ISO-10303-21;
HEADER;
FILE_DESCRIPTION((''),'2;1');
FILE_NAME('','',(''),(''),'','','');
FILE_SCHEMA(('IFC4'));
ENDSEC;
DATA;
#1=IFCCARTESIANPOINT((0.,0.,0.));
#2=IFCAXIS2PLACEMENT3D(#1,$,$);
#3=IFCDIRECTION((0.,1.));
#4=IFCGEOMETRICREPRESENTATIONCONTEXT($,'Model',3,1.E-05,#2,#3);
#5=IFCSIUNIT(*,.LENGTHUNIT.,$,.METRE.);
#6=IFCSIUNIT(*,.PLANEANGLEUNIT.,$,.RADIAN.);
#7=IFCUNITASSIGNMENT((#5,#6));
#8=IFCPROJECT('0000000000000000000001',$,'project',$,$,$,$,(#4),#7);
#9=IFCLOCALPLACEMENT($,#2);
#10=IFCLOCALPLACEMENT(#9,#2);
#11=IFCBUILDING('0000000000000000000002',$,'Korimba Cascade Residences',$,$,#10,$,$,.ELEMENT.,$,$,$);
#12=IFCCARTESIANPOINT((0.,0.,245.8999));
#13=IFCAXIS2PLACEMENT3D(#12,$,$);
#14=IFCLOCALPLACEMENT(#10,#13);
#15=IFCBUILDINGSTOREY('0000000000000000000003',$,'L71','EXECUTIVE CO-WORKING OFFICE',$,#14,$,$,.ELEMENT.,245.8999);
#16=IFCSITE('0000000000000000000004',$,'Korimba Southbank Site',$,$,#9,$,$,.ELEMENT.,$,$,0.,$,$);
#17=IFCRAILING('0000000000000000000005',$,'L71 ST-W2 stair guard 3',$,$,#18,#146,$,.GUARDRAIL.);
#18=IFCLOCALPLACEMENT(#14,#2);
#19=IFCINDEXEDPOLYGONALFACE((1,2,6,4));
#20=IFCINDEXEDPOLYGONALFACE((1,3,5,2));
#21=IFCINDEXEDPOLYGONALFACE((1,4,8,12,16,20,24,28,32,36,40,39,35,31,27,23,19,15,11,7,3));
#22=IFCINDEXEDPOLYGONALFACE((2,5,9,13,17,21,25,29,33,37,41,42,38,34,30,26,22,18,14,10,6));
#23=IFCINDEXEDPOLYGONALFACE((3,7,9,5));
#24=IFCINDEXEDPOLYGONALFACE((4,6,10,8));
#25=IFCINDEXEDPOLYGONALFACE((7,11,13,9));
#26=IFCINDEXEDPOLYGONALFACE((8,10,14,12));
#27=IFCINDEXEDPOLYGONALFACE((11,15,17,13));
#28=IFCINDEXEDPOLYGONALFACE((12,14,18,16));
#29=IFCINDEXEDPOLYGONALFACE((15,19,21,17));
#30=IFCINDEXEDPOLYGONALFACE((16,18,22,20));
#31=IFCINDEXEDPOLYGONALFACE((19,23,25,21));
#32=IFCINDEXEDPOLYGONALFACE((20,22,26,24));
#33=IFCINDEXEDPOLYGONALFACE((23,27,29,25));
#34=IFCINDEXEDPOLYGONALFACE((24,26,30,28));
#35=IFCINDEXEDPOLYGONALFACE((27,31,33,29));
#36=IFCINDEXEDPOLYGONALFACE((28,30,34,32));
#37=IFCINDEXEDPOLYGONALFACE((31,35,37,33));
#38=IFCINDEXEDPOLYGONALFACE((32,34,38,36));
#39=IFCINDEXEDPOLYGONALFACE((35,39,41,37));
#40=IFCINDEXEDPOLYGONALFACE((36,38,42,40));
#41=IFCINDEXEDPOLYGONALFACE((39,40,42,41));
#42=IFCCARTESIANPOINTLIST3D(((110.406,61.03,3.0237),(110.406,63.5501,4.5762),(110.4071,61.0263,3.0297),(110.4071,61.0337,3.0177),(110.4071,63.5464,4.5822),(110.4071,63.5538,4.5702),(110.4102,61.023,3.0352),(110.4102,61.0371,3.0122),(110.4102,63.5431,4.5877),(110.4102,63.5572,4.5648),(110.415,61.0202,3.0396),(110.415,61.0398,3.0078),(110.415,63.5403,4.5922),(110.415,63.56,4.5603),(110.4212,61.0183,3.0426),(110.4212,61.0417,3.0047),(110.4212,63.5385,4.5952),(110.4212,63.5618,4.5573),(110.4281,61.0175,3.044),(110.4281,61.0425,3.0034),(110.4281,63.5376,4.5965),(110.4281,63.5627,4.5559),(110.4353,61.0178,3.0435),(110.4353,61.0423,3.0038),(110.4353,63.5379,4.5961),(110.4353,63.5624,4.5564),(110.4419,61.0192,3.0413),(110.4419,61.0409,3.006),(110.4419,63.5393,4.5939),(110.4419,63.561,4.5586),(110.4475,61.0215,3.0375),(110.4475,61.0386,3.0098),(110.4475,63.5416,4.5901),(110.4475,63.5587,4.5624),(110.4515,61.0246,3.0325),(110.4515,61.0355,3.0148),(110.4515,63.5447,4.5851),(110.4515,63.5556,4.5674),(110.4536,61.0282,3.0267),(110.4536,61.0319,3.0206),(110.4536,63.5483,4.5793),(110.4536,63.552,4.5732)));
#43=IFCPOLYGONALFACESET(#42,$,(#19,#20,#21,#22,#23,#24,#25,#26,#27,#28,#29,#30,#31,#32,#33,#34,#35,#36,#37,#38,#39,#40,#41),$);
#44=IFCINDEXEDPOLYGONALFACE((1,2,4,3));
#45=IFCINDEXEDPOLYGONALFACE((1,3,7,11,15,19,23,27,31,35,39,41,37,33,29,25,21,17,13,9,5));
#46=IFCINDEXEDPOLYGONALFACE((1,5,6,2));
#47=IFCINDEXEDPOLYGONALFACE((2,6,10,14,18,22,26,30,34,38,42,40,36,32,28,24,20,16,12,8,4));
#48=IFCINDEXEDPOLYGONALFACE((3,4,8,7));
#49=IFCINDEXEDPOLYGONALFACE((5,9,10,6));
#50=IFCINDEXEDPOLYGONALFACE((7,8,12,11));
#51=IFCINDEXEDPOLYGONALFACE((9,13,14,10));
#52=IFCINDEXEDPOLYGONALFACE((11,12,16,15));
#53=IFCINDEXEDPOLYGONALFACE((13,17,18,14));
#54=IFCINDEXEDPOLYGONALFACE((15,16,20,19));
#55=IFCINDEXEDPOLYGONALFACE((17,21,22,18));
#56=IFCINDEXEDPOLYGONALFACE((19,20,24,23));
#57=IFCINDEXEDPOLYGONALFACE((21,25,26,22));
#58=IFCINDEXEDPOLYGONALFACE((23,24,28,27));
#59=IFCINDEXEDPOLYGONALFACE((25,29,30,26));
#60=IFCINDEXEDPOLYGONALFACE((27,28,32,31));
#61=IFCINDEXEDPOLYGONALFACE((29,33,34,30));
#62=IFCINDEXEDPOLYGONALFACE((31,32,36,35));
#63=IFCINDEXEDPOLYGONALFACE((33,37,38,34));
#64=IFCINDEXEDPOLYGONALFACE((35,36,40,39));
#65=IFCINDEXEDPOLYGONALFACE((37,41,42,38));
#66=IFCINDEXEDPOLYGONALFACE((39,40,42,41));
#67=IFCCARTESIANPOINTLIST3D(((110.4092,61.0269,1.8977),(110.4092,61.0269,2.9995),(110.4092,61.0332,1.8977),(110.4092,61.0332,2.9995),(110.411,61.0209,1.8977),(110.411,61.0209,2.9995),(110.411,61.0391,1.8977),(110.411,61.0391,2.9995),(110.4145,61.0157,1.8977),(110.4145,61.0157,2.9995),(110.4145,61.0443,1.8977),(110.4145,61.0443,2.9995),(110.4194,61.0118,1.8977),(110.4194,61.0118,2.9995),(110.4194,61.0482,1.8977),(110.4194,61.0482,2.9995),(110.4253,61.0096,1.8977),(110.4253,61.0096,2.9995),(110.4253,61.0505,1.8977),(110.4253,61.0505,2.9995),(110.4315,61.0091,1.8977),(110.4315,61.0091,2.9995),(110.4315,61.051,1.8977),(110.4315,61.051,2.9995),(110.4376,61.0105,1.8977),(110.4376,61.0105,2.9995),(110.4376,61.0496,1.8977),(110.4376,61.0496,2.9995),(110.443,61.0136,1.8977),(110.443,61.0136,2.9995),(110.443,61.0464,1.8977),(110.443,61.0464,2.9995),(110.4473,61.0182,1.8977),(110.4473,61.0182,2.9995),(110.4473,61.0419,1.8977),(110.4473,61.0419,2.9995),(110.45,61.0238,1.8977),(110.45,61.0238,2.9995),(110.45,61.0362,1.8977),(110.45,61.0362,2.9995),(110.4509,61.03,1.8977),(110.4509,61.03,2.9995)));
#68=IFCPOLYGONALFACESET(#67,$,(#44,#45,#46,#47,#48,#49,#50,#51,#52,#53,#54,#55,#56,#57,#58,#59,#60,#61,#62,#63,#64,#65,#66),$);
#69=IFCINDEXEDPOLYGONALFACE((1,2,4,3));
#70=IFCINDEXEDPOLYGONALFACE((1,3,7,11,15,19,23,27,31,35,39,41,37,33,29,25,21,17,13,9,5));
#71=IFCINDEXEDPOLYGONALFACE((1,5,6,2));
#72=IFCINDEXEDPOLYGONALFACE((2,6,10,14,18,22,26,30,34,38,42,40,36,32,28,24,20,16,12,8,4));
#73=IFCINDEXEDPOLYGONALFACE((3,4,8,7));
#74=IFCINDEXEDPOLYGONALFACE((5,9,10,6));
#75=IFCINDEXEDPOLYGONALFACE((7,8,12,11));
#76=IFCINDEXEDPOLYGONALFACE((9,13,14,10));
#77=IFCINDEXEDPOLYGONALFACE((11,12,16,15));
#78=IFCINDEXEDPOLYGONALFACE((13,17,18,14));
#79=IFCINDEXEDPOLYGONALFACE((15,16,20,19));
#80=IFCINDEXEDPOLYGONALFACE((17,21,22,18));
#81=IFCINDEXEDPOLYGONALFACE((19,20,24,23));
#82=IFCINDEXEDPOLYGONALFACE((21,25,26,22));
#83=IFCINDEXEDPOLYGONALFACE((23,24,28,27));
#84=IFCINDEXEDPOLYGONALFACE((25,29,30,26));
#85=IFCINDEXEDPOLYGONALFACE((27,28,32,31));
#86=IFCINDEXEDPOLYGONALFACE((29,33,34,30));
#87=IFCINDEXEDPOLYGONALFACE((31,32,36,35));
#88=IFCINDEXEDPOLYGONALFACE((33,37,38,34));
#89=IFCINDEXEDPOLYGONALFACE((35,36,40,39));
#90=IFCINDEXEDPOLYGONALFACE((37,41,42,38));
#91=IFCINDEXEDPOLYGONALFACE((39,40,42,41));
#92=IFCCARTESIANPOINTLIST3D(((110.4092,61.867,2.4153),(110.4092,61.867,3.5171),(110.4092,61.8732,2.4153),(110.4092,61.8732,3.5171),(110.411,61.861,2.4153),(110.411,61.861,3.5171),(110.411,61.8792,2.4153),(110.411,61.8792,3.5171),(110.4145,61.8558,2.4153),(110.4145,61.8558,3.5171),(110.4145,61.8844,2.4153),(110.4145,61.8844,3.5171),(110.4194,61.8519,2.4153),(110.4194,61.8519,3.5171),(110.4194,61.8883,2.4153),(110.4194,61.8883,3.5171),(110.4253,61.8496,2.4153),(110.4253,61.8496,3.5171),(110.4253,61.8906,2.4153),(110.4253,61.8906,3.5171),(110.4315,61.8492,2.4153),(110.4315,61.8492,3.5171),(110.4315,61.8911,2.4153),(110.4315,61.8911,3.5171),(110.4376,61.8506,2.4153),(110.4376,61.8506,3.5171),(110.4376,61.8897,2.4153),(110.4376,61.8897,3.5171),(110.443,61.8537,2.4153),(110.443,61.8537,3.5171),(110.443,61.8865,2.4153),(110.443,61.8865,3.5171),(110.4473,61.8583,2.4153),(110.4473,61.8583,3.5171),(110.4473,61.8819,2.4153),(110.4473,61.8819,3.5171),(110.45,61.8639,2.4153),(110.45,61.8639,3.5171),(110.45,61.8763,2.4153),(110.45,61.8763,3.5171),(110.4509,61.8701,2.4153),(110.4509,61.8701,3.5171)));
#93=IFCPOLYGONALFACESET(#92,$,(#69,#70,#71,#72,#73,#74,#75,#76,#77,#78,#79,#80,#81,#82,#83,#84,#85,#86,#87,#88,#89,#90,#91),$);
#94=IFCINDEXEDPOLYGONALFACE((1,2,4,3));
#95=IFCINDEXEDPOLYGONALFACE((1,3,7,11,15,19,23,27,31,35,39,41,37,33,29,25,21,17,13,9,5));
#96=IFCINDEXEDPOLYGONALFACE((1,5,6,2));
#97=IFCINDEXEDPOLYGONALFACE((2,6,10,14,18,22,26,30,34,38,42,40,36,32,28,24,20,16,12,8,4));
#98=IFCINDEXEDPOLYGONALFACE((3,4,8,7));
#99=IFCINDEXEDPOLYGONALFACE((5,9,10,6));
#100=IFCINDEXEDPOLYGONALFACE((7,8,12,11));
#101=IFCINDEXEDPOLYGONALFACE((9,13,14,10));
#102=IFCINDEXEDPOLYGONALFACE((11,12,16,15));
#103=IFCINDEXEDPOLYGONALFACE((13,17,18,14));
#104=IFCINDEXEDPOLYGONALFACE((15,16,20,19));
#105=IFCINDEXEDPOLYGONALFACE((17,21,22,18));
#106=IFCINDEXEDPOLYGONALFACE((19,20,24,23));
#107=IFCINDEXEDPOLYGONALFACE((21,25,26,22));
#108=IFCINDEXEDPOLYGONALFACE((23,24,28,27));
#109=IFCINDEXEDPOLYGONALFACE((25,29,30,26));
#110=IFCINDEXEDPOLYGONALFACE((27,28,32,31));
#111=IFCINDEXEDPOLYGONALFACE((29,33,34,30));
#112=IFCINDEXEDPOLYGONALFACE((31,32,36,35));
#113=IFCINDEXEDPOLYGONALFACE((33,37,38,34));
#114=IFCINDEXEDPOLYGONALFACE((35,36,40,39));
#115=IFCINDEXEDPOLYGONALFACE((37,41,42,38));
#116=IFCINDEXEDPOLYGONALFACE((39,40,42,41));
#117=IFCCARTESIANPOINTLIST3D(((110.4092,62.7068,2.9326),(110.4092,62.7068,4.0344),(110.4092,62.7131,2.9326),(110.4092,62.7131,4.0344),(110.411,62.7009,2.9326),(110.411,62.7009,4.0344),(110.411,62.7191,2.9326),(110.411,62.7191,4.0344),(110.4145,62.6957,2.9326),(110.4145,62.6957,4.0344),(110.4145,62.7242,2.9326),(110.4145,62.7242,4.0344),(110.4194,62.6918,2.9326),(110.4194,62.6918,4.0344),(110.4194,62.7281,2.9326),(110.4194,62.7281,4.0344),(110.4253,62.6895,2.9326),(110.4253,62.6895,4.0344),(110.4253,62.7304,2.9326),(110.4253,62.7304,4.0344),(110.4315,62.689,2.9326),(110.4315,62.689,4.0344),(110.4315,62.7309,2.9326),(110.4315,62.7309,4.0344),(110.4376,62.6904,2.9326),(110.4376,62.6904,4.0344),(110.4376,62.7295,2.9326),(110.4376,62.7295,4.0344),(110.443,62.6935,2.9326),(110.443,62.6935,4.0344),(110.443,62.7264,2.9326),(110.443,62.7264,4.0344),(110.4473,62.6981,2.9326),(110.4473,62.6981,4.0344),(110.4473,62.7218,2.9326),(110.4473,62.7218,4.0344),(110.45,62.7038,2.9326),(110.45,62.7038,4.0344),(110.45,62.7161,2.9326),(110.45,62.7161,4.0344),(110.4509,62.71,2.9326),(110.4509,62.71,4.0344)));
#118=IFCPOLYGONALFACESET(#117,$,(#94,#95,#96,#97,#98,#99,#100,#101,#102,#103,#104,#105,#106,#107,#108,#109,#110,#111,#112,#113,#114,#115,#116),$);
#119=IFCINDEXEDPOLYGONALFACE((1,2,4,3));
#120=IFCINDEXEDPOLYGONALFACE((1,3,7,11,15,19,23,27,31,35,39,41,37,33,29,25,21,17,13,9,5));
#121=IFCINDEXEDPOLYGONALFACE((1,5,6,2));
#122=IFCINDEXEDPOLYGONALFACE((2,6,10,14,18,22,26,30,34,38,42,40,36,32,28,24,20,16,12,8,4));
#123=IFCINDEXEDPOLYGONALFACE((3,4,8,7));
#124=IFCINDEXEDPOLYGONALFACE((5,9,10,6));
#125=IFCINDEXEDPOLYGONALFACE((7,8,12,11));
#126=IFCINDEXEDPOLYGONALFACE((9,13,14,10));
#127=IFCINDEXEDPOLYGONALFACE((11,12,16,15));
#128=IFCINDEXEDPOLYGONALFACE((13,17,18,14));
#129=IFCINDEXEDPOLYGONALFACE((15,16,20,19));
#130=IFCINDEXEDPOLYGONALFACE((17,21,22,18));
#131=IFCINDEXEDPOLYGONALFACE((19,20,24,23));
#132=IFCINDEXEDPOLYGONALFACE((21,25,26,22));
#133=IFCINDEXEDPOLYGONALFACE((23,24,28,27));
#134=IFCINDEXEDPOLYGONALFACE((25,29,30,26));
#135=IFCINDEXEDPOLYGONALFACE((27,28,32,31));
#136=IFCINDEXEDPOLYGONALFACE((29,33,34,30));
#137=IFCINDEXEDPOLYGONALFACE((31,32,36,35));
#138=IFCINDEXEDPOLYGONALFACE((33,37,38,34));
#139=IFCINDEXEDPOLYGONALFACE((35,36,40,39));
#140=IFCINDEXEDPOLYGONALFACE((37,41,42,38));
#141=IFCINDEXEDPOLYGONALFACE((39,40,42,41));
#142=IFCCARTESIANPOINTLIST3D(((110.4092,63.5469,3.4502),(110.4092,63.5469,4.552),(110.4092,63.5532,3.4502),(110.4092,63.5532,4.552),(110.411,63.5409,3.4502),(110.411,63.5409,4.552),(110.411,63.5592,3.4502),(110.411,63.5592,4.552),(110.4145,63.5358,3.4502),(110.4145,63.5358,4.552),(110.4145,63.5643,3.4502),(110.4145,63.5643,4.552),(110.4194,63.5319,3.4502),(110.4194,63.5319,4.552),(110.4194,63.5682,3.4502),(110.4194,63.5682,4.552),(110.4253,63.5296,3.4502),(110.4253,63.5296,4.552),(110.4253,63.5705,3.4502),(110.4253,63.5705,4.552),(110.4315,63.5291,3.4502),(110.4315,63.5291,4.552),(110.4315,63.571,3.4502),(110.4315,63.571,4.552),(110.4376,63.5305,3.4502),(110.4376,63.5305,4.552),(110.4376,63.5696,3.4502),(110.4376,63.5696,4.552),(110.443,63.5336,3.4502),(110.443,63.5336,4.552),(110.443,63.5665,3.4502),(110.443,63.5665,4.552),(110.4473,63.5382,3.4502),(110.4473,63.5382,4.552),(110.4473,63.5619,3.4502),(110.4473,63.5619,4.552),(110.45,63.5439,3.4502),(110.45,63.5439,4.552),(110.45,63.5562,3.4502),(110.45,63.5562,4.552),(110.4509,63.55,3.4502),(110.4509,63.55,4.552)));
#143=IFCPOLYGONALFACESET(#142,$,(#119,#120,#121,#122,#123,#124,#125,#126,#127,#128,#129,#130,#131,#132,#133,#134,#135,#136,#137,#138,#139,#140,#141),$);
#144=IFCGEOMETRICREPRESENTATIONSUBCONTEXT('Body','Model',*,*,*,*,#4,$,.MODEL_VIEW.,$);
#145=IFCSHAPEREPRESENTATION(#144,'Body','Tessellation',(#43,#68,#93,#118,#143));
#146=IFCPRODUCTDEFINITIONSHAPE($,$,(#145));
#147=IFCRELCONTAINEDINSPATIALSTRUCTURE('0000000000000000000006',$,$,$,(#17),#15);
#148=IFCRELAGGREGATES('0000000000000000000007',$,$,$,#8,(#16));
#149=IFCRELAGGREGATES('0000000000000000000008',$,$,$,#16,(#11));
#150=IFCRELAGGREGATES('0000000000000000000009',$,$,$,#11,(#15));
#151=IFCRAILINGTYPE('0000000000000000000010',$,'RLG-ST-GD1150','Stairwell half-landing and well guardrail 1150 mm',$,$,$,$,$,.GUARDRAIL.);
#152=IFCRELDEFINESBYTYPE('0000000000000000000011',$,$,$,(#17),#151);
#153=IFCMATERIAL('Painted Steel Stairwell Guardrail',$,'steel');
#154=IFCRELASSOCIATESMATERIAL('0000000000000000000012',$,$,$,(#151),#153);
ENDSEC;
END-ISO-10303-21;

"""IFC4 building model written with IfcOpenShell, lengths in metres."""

from ifc_helpers import new_model, si_unit, direction, frame, origin, origin_2d, place, context, subcontext, project, spatial, circle, extrude, material, type_object, element, save


model = new_model("IFC4")

# Units and contexts
model_context = context("Model", 3, precision=1e-05, world=origin(), true_north=direction((0.0, 1.0)))
body_context = subcontext(model_context, "Body", "Model", "MODEL_VIEW")
ifc_project = project(units=[si_unit("LENGTHUNIT", "METRE"), si_unit("PLANEANGLEUNIT", "RADIAN")], contexts=[model_context])

# Site, building, storey
site_placement = place(None, origin())
site = spatial("IfcSite", under=ifc_project, at=site_placement, Name="Korimba Southbank Site", CompositionType="ELEMENT", RefElevation=0.0)
building_placement = place(site_placement, origin())
building = spatial("IfcBuilding", under=site, at=building_placement, Name="Korimba Cascade Residences", CompositionType="ELEMENT")
storey_placement = place(building_placement, frame((0.0, 0.0, 245.8999)))
storey = spatial("IfcBuildingStorey", under=building, at=storey_placement, Name="L71", Description="EXECUTIVE CO-WORKING OFFICE", CompositionType="ELEMENT", Elevation=245.8999)

# Railing
ifc_material_1 = material(Name="Painted Steel Stairwell Guardrail", Category="steel")
railing_type_1 = type_object("IfcRailingType", Name="RLG-ST-GD1150", Description="Stairwell half-landing and well guardrail 1150 mm", PredefinedType="GUARDRAIL", material=ifc_material_1)
railing_1_placement = place(storey_placement, frame((110.4299, 61.03, 1.8977)))
element("IfcRailing", 1, at=railing_1_placement, inside=storey, type_object=railing_type_1, Name="L71 ST-W2 stair guard 3", PredefinedType="GUARDRAIL", context=body_context, shape_type="SweptSolid", body=[
    extrude(circle(Radius=0.0239, at=origin_2d()), frame((0.0, 0.0, 1.126), z_axis=(0.0, 0.8514, 0.524516), x_axis=(-1.0, 0.0, 0.0)), (0.0, 0.0, 1.0), 2.96),
    extrude(circle(Radius=0.021, at=origin_2d()), origin(), (0.0, 0.0, 1.0), 1.1018),
    extrude(circle(Radius=0.021, at=origin_2d()), frame((0.0, 0.8401, 0.5176)), (0.0, 0.0, 1.0), 1.1018),
    extrude(circle(Radius=0.021, at=origin_2d()), frame((0.0, 1.6799, 1.0349)), (0.0, 0.0, 1.0), 1.1018),
    extrude(circle(Radius=0.021, at=origin_2d()), frame((0.0, 2.52, 1.5525)), (0.0, 0.0, 1.0), 1.1018),
])

save(model, "model.ifc")
